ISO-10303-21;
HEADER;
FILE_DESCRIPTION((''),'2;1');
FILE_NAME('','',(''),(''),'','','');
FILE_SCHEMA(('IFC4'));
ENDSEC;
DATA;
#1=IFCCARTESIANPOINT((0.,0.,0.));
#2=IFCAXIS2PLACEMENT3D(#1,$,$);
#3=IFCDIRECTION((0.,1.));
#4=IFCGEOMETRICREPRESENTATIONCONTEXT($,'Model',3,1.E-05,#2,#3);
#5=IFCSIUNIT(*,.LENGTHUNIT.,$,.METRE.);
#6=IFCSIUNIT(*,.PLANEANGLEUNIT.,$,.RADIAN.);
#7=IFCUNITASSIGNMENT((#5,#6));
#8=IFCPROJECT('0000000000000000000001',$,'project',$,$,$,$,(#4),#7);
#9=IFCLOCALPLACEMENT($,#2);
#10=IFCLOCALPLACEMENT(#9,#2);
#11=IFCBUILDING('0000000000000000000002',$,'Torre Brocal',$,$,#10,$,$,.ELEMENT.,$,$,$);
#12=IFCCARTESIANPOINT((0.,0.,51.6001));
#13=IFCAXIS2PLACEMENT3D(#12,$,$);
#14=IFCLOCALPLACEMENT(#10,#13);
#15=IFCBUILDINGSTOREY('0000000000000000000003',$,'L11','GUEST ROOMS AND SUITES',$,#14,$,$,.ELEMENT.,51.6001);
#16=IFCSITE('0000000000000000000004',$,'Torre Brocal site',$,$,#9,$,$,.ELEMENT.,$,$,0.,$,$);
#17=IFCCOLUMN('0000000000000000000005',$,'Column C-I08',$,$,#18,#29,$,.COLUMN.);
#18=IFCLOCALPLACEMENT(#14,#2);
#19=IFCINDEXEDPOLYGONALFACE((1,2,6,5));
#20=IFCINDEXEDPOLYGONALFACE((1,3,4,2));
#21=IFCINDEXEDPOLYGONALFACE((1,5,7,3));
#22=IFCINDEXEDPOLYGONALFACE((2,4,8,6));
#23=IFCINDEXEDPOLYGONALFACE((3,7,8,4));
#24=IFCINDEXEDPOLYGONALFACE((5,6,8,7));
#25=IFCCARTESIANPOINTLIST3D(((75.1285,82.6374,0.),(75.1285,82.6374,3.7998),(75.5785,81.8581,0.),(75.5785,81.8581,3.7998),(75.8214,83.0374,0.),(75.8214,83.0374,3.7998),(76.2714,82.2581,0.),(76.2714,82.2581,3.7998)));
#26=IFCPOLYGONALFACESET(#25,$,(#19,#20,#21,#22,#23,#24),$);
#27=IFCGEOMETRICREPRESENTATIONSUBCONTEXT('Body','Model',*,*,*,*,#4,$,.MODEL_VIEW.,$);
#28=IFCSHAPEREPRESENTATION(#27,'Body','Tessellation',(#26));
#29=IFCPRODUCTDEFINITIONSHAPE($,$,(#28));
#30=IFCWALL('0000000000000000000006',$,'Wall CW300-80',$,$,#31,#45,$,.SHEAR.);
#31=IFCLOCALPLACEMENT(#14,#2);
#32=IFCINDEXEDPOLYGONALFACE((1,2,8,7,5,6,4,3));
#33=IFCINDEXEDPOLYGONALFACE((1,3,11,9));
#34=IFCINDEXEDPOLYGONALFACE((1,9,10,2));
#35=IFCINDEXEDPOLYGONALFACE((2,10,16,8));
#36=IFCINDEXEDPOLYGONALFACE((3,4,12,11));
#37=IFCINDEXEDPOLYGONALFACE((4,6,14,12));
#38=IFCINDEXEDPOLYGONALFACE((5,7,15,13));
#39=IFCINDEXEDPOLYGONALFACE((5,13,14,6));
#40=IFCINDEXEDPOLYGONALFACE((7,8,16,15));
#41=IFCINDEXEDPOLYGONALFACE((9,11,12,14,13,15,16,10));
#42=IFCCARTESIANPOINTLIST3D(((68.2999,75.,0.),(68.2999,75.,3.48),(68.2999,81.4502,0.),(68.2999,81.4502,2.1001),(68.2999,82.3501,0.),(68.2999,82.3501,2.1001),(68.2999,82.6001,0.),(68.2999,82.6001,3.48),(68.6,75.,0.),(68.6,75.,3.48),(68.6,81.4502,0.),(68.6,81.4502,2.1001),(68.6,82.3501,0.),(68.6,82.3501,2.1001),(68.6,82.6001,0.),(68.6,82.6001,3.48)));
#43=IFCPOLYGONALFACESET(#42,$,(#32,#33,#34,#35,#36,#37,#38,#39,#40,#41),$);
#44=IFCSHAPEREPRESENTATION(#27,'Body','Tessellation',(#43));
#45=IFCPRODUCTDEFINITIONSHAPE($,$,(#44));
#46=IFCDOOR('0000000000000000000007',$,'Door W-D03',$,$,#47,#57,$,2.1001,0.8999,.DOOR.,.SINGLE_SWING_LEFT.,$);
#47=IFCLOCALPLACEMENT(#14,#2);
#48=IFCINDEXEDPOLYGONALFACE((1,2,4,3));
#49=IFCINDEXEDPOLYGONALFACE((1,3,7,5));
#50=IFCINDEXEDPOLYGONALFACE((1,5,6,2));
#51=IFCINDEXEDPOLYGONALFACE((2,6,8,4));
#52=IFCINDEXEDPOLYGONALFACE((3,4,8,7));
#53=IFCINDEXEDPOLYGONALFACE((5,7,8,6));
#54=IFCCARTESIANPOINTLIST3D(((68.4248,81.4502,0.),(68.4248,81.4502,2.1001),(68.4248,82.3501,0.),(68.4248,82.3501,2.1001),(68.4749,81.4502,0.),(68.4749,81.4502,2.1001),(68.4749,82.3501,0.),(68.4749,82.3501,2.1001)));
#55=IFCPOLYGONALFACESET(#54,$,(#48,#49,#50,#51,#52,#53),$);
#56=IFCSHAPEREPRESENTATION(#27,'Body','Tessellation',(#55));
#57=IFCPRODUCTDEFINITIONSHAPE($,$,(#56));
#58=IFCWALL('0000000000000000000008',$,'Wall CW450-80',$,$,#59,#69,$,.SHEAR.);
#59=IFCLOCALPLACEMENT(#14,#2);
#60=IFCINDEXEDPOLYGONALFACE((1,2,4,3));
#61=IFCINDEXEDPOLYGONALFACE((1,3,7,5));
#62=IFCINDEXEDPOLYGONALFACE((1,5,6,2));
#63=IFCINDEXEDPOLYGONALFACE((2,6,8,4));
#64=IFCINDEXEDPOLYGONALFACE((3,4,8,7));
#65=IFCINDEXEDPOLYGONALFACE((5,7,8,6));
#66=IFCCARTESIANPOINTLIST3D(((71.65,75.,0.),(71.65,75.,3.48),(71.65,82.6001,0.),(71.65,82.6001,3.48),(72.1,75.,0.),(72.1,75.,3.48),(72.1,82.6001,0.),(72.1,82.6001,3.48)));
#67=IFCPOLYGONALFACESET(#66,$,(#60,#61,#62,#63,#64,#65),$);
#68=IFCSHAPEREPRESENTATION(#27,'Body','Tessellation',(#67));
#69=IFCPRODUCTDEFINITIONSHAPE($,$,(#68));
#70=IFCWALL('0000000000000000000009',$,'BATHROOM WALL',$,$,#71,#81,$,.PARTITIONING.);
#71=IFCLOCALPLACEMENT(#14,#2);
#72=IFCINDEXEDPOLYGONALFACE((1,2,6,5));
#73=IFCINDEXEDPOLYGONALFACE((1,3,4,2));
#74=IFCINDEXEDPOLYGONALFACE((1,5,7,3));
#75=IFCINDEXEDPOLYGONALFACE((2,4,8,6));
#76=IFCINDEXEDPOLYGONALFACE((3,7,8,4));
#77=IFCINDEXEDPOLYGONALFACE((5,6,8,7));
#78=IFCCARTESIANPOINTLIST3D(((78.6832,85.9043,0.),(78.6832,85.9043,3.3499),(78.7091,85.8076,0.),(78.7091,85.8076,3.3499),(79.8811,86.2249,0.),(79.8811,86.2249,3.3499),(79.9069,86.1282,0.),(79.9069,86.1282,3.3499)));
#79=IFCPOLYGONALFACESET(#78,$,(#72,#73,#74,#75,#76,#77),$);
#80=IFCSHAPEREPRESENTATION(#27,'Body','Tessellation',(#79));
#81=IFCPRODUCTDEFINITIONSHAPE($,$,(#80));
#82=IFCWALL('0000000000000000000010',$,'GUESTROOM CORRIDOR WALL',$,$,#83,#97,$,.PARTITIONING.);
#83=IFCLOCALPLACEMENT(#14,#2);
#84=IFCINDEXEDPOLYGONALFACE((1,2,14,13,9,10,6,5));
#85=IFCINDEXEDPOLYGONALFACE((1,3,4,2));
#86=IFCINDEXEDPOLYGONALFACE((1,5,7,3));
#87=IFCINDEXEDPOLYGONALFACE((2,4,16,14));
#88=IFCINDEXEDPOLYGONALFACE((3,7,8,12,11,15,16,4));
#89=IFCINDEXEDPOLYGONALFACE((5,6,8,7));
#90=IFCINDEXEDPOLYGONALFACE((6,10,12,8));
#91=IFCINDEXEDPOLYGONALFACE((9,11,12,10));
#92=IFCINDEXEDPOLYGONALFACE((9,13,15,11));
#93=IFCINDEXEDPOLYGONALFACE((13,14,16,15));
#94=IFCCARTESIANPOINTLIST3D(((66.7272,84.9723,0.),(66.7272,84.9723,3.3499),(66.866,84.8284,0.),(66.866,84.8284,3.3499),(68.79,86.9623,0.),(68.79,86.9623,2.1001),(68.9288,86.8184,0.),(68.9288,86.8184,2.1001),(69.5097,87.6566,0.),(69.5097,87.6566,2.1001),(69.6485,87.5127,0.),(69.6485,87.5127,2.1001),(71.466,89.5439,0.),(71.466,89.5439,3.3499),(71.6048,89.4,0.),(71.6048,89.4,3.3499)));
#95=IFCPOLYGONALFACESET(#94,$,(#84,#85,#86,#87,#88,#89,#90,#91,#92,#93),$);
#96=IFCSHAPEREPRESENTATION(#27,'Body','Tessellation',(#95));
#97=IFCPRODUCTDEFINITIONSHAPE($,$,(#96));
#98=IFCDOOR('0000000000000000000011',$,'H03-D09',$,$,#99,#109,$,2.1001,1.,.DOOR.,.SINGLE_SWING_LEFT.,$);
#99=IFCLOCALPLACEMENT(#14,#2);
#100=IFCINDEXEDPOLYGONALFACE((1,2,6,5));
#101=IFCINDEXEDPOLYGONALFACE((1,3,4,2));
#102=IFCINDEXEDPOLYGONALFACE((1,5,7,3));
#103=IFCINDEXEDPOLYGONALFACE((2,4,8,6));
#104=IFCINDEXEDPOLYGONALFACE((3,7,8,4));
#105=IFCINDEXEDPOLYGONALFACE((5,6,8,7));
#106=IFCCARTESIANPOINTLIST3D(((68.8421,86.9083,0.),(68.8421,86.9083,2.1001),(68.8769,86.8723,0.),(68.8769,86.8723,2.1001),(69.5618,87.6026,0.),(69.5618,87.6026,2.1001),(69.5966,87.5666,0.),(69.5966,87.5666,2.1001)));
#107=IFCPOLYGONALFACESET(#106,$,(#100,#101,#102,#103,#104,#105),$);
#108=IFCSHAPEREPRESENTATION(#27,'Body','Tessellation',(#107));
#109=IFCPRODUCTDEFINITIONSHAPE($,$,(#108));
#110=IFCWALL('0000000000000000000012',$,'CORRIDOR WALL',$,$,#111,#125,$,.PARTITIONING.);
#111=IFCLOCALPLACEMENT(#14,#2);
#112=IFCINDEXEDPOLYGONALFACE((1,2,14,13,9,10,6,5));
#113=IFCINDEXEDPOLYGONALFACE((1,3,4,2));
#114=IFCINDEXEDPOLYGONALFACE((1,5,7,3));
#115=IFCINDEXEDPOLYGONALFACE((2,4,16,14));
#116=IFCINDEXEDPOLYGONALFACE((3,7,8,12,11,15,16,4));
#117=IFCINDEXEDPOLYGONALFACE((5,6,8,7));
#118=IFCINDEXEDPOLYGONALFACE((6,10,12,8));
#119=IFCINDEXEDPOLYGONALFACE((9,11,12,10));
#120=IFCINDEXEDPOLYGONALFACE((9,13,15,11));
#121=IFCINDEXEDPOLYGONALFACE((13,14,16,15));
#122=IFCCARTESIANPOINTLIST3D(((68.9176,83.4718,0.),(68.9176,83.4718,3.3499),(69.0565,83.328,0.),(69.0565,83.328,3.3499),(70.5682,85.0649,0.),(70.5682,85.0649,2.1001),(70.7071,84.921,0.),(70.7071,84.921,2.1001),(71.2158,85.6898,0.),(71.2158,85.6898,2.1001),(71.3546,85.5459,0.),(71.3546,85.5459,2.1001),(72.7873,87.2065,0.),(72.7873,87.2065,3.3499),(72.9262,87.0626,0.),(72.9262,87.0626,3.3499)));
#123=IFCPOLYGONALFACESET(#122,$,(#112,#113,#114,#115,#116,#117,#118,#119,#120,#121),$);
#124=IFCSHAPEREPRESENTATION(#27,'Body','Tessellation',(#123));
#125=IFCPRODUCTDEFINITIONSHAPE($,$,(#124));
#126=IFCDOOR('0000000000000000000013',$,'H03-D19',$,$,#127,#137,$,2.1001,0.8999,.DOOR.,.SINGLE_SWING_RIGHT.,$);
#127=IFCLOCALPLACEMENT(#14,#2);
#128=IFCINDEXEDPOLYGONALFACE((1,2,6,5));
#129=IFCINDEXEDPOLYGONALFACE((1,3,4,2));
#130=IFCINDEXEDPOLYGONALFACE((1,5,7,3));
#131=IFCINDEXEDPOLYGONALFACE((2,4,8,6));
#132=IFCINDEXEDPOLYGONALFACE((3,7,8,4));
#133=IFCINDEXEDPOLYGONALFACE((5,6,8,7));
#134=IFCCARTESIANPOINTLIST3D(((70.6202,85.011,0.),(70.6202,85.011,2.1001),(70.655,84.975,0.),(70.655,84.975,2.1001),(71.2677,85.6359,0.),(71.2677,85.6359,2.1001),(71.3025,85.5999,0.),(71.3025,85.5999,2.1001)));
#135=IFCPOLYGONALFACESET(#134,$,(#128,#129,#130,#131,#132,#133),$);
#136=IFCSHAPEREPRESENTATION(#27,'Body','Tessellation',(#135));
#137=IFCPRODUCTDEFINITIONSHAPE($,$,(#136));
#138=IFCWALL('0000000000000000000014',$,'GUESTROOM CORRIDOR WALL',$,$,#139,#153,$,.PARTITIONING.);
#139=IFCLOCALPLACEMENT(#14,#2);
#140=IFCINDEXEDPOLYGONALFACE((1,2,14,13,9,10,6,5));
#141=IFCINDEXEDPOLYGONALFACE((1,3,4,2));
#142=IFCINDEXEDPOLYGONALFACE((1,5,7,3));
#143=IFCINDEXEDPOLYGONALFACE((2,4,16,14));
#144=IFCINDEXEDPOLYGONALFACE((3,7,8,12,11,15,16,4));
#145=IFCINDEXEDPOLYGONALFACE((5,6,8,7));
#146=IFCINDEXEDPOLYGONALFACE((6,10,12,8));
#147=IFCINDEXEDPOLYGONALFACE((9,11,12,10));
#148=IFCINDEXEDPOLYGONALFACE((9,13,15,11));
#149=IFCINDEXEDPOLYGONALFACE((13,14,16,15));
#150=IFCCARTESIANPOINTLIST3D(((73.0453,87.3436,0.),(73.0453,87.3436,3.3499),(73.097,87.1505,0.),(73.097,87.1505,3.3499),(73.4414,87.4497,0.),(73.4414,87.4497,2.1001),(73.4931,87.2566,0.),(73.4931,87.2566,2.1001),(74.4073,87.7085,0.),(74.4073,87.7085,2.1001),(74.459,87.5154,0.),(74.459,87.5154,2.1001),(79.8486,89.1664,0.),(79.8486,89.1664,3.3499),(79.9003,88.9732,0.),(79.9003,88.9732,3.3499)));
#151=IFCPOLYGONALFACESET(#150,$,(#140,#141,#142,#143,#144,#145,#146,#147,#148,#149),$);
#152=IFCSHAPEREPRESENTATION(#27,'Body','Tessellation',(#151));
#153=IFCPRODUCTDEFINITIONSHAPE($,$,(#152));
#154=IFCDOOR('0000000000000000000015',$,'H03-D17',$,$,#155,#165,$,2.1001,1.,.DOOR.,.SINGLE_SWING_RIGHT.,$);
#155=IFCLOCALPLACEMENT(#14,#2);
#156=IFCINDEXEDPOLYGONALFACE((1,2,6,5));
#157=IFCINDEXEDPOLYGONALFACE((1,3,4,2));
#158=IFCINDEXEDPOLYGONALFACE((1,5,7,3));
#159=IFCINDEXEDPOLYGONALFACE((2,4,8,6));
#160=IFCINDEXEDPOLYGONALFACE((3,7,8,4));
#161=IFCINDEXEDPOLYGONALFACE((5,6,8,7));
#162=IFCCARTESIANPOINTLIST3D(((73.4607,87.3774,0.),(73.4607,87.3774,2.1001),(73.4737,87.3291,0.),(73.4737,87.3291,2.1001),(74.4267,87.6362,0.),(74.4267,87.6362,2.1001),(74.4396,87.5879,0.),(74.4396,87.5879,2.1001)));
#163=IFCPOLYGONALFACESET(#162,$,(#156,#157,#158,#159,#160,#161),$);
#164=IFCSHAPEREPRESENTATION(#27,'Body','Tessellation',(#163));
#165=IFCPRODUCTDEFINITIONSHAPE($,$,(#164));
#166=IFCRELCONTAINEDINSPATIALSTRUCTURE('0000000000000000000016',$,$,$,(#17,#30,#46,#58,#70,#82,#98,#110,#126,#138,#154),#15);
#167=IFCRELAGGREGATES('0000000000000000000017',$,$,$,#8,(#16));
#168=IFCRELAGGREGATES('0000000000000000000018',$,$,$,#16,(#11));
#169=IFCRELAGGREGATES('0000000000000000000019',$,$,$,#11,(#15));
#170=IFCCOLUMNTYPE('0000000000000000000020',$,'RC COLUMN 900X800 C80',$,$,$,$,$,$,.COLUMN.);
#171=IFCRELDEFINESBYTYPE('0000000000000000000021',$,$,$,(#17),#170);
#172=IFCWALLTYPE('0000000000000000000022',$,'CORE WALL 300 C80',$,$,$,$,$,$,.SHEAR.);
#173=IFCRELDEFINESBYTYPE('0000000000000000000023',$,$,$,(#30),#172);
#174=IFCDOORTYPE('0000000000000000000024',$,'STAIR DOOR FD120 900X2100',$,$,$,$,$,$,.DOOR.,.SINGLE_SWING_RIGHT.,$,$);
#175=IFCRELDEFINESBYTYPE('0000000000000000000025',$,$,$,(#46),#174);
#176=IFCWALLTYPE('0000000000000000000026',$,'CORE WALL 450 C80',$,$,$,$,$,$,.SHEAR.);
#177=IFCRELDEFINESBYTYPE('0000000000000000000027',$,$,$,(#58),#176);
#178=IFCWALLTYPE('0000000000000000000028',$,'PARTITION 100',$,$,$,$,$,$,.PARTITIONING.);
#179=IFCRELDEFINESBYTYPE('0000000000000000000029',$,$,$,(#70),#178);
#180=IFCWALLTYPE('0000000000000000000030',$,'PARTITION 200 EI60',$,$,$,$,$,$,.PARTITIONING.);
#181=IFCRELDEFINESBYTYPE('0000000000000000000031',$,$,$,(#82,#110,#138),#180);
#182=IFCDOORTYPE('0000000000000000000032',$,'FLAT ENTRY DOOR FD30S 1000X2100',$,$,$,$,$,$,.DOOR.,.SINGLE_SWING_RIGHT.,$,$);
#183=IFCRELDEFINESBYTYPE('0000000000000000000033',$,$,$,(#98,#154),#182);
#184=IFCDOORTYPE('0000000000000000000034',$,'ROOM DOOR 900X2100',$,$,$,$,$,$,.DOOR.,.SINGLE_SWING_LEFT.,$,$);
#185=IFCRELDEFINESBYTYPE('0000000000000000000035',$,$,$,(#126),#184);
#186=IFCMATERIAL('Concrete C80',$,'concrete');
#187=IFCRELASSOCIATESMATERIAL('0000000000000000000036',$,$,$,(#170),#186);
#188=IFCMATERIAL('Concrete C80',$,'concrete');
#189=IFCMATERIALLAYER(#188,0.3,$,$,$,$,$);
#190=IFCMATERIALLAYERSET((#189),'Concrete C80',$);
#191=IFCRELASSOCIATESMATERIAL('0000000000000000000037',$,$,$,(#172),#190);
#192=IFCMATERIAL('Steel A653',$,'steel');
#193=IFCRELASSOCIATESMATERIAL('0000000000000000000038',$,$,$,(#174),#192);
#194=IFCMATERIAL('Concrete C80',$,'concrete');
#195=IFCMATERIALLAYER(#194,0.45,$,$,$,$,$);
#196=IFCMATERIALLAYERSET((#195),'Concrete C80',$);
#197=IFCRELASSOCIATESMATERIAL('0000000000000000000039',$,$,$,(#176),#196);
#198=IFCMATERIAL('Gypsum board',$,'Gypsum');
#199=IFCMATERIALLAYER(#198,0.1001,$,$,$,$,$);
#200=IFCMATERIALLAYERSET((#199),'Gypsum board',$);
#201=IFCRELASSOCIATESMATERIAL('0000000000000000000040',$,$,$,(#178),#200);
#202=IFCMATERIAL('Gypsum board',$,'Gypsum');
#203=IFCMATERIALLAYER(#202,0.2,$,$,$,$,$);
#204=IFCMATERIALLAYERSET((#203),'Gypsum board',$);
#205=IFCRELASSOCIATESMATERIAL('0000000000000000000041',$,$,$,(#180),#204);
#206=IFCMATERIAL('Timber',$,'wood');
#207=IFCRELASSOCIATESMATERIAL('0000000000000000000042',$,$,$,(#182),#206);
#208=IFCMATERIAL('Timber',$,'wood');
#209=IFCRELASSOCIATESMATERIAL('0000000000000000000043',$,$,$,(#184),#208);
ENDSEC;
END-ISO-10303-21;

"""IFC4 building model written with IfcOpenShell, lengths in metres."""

from ifc_helpers import new_model, si_unit, direction, frame, frame_2d, origin, origin_2d, place, context, subcontext, project, spatial, rectangle, extrude, material, layer, layer_set, material_profile, profile_set, type_object, element, fill, save


model = new_model("IFC4")

# Units and contexts
model_context = context("Model", 3, precision=1e-05, world=origin(), true_north=direction((0.0, 1.0)))
body_context = subcontext(model_context, "Body", "Model", "MODEL_VIEW")
ifc_project = project(units=[si_unit("LENGTHUNIT", "METRE"), si_unit("PLANEANGLEUNIT", "RADIAN")], contexts=[model_context])

# Site, building, storey
site_placement = place(None, origin())
site = spatial("IfcSite", under=ifc_project, at=site_placement, Name="Torre Brocal site", CompositionType="ELEMENT", RefElevation=0.0)
building_placement = place(site_placement, origin())
building = spatial("IfcBuilding", under=site, at=building_placement, Name="Torre Brocal", CompositionType="ELEMENT")
storey_placement = place(building_placement, frame((0.0, 0.0, 51.6001)))
storey = spatial("IfcBuildingStorey", under=building, at=storey_placement, Name="L11", Description="GUEST ROOMS AND SUITES", CompositionType="ELEMENT", Elevation=51.6001)

# Column
ifc_material_1 = material(Name="Concrete C80", Category="concrete")
ifc_material_profile = material_profile(ifc_material_1, rectangle(XDim=0.8999, YDim=0.8, at=origin_2d()), Name="RC 900X800")
ifc_profile_set = profile_set([ifc_material_profile], Name="Concrete C80")
column_type = type_object("IfcColumnType", Name="RC COLUMN 900X800 C80", PredefinedType="COLUMN", material=ifc_profile_set)
column_placement = place(storey_placement, frame((75.7, 82.4478, 0.0), z_axis=(0.0, 0.0, 1.0), x_axis=(-0.5, 0.866025, 0.0)))
element("IfcColumn", 1, at=column_placement, inside=storey, type_object=column_type, Name="Column C-I08", PredefinedType="COLUMN", context=body_context, shape_type="SweptSolid", body=[
    extrude(rectangle(XDim=0.8999, YDim=0.8, at=origin_2d()), origin(), (0.0, 0.0, 1.0), 3.7998),
])

# Wall, opening, door
ifc_material_2 = material(Name="Concrete C80", Category="concrete")
ifc_layer_1 = layer(ifc_material_2, 0.3)
ifc_layer_set_1 = layer_set([ifc_layer_1], Name="Concrete C80")
wall_type_1 = type_object("IfcWallType", Name="CORE WALL 300 C80", PredefinedType="SHEAR", material=ifc_layer_set_1)
wall_1_placement = place(storey_placement, frame((68.45, 82.6001, 0.0), z_axis=(0.0, 0.0, 1.0), x_axis=(0.0, -1.0, 0.0)))
wall_1 = element("IfcWall", 2, at=wall_1_placement, inside=storey, type_object=wall_type_1, Name="Wall CW300-80", PredefinedType="SHEAR", context=body_context, shape_type="SweptSolid", body=[
    extrude(rectangle(XDim=7.6001, YDim=0.3, at=frame_2d((3.8, 0.0))), origin(), (0.0, 0.0, 1.0), 3.48),
])
opening_1_placement = place(wall_1_placement, frame((0.25, 0.0, 0.0)))
opening_1 = element("IfcOpeningElement", 3, at=opening_1_placement, cuts=wall_1, PredefinedType="OPENING", context=body_context, shape_type="SweptSolid", body=[
    extrude(rectangle(XDim=0.8999, YDim=2.1001, at=frame_2d((0.45, 1.05))), frame((0.0, 0.1599, 0.0), z_axis=(0.0, -1.0, 0.0), x_axis=(1.0, 0.0, 0.0)), (0.0, 0.0, 1.0), 0.3201),
])
ifc_material_3 = material(Name="Steel A653", Category="steel")
door_type_1 = type_object("IfcDoorType", Name="STAIR DOOR FD120 900X2100", OperationType="SINGLE_SWING_RIGHT", PredefinedType="DOOR", material=ifc_material_3)
door_1_placement = place(opening_1_placement, origin())
door_1 = element("IfcDoor", 4, at=door_1_placement, inside=storey, type_object=door_type_1, Name="Door W-D03", OperationType="SINGLE_SWING_LEFT", OverallHeight=2.1001, OverallWidth=0.8999, PredefinedType="DOOR", context=body_context, shape_type="SweptSolid", body=[
    extrude(rectangle(XDim=0.8999, YDim=2.1001, at=frame_2d((0.45, 1.05))), frame((0.0, 0.0249, 0.0), z_axis=(0.0, -1.0, 0.0), x_axis=(1.0, 0.0, 0.0)), (0.0, 0.0, 1.0), 0.05),
])
fill(opening_1, door_1)

# Wall
ifc_material_4 = material(Name="Concrete C80", Category="concrete")
ifc_layer_2 = layer(ifc_material_4, 0.45)
ifc_layer_set_2 = layer_set([ifc_layer_2], Name="Concrete C80")
wall_type_2 = type_object("IfcWallType", Name="CORE WALL 450 C80", PredefinedType="SHEAR", material=ifc_layer_set_2)
wall_2_placement = place(storey_placement, frame((71.875, 82.6001, 0.0), z_axis=(0.0, 0.0, 1.0), x_axis=(0.0, -1.0, 0.0)))
element("IfcWall", 5, at=wall_2_placement, inside=storey, type_object=wall_type_2, Name="Wall CW450-80", PredefinedType="SHEAR", context=body_context, shape_type="SweptSolid", body=[
    extrude(rectangle(XDim=7.6001, YDim=0.45, at=frame_2d((3.8, 0.0))), origin(), (0.0, 0.0, 1.0), 3.48),
])

# Wall
ifc_material_5 = material(Name="Gypsum board", Category="Gypsum")
ifc_layer_3 = layer(ifc_material_5, 0.1001)
ifc_layer_set_3 = layer_set([ifc_layer_3], Name="Gypsum board")
wall_type_3 = type_object("IfcWallType", Name="PARTITION 100", PredefinedType="PARTITIONING", material=ifc_layer_set_3)
wall_3_placement = place(storey_placement, frame((78.696, 85.856, 0.0), z_axis=(0.0, 0.0, 1.0), x_axis=(0.966003, 0.258533, 0.0)))
element("IfcWall", 6, at=wall_3_placement, inside=storey, type_object=wall_type_3, Name="BATHROOM WALL", PredefinedType="PARTITIONING", context=body_context, shape_type="SweptSolid", body=[
    extrude(rectangle(XDim=1.24, YDim=0.1001, at=frame_2d((0.6201, 0.0))), origin(), (0.0, 0.0, 1.0), 3.3499),
])

# Walls, openings, doors
ifc_material_6 = material(Name="Gypsum board", Category="Gypsum")
ifc_layer_4 = layer(ifc_material_6, 0.2)
ifc_layer_set_4 = layer_set([ifc_layer_4], Name="Gypsum board")
wall_type_4 = type_object("IfcWallType", Name="PARTITION 200 EI60", PredefinedType="PARTITIONING", material=ifc_layer_set_4)
wall_4_placement = place(storey_placement, frame((66.7966, 84.9004, 0.0), z_axis=(0.0, 0.0, 1.0), x_axis=(0.719692, 0.694293, 0.0)))
wall_4 = element("IfcWall", 7, at=wall_4_placement, inside=storey, type_object=wall_type_4, Name="GUESTROOM CORRIDOR WALL", PredefinedType="PARTITIONING", context=body_context, shape_type="SweptSolid", body=[
    extrude(rectangle(XDim=6.5845, YDim=0.2, at=frame_2d((3.2922, 0.0))), origin(), (0.0, 0.0, 1.0), 3.3499),
])
opening_2_placement = place(wall_4_placement, frame((2.8662, 0.0, 0.0)))
opening_2 = element("IfcOpeningElement", 8, at=opening_2_placement, cuts=wall_4, PredefinedType="OPENING", context=body_context, shape_type="SweptSolid", body=[
    extrude(rectangle(XDim=1.0, YDim=2.1001, at=frame_2d((0.5, 1.05))), frame((0.0, 0.1099, 0.0), z_axis=(0.0, -1.0, 0.0), x_axis=(1.0, 0.0, 0.0)), (0.0, 0.0, 1.0), 0.22),
])
ifc_material_7 = material(Name="Timber", Category="wood")
door_type_2 = type_object("IfcDoorType", Name="FLAT ENTRY DOOR FD30S 1000X2100", OperationType="SINGLE_SWING_RIGHT", PredefinedType="DOOR", material=ifc_material_7)
door_2_placement = place(opening_2_placement, origin())
door_2 = element("IfcDoor", 9, at=door_2_placement, inside=storey, type_object=door_type_2, Name="H03-D09", OperationType="SINGLE_SWING_LEFT", OverallHeight=2.1001, OverallWidth=1.0, PredefinedType="DOOR", context=body_context, shape_type="SweptSolid", body=[
    extrude(rectangle(XDim=1.0, YDim=2.1001, at=frame_2d((0.5, 1.05))), frame((0.0, 0.0249, 0.0), z_axis=(0.0, -1.0, 0.0), x_axis=(1.0, 0.0, 0.0)), (0.0, 0.0, 1.0), 0.05),
])
fill(opening_2, door_2)
wall_5_placement = place(storey_placement, frame((68.9871, 83.3999, 0.0), z_axis=(0.0, 0.0, 1.0), x_axis=(0.719548, 0.694443, 0.0)))
wall_5 = element("IfcWall", 10, at=wall_5_placement, inside=storey, type_object=wall_type_4, Name="CORRIDOR WALL", PredefinedType="PARTITIONING", context=body_context, shape_type="SweptSolid", body=[
    extrude(rectangle(XDim=5.3779, YDim=0.2, at=frame_2d((2.689, 0.0))), origin(), (0.0, 0.0, 1.0), 3.3499),
])
opening_3_placement = place(wall_5_placement, frame((2.2939, 0.0, 0.0)))
opening_3 = element("IfcOpeningElement", 11, at=opening_3_placement, cuts=wall_5, PredefinedType="OPENING", context=body_context, shape_type="SweptSolid", body=[
    extrude(rectangle(XDim=0.8999, YDim=2.1001, at=frame_2d((0.45, 1.05))), frame((0.0, 0.1099, 0.0), z_axis=(0.0, -1.0, 0.0), x_axis=(1.0, 0.0, 0.0)), (0.0, 0.0, 1.0), 0.22),
])
ifc_material_8 = material(Name="Timber", Category="wood")
door_type_3 = type_object("IfcDoorType", Name="ROOM DOOR 900X2100", OperationType="SINGLE_SWING_LEFT", PredefinedType="DOOR", material=ifc_material_8)
door_3_placement = place(opening_3_placement, frame((0.8999, 0.0, 0.0), z_axis=(0.0, 0.0, 1.0), x_axis=(-1.0, 0.0, 0.0)))
door_3 = element("IfcDoor", 12, at=door_3_placement, inside=storey, type_object=door_type_3, Name="H03-D19", OperationType="SINGLE_SWING_RIGHT", OverallHeight=2.1001, OverallWidth=0.8999, PredefinedType="DOOR", context=body_context, shape_type="SweptSolid", body=[
    extrude(rectangle(XDim=0.8999, YDim=2.1001, at=frame_2d((0.45, 1.05))), frame((0.0, 0.0249, 0.0), z_axis=(0.0, -1.0, 0.0), x_axis=(1.0, 0.0, 0.0)), (0.0, 0.0, 1.0), 0.05),
])
fill(opening_3, door_3)
wall_6_placement = place(storey_placement, frame((73.0713, 87.2471, 0.0), z_axis=(0.0, 0.0, 1.0), x_axis=(0.965932, 0.258797, 0.0)))
wall_6 = element("IfcWall", 13, at=wall_6_placement, inside=storey, type_object=wall_type_4, Name="GUESTROOM CORRIDOR WALL", PredefinedType="PARTITIONING", context=body_context, shape_type="SweptSolid", body=[
    extrude(rectangle(XDim=7.0432, YDim=0.2, at=frame_2d((3.5215, 0.0))), origin(), (0.0, 0.0, 1.0), 3.3499),
])
opening_4_placement = place(wall_6_placement, frame((0.4099, 0.0, 0.0)))
opening_4 = element("IfcOpeningElement", 14, at=opening_4_placement, cuts=wall_6, PredefinedType="OPENING", context=body_context, shape_type="SweptSolid", body=[
    extrude(rectangle(XDim=1.0, YDim=2.1001, at=frame_2d((0.5, 1.05))), frame((0.0, 0.1099, 0.0), z_axis=(0.0, -1.0, 0.0), x_axis=(1.0, 0.0, 0.0)), (0.0, 0.0, 1.0), 0.22),
])
door_4_placement = place(opening_4_placement, frame((1.0, 0.0, 0.0), z_axis=(0.0, 0.0, 1.0), x_axis=(-1.0, 0.0, 0.0)))
door_4 = element("IfcDoor", 15, at=door_4_placement, inside=storey, type_object=door_type_2, Name="H03-D17", OperationType="SINGLE_SWING_RIGHT", OverallHeight=2.1001, OverallWidth=1.0, PredefinedType="DOOR", context=body_context, shape_type="SweptSolid", body=[
    extrude(rectangle(XDim=1.0, YDim=2.1001, at=frame_2d((0.5, 1.05))), frame((0.0, 0.0249, 0.0), z_axis=(0.0, -1.0, 0.0), x_axis=(1.0, 0.0, 0.0)), (0.0, 0.0, 1.0), 0.05),
])
fill(opening_4, door_4)

save(model, "model.ifc")
